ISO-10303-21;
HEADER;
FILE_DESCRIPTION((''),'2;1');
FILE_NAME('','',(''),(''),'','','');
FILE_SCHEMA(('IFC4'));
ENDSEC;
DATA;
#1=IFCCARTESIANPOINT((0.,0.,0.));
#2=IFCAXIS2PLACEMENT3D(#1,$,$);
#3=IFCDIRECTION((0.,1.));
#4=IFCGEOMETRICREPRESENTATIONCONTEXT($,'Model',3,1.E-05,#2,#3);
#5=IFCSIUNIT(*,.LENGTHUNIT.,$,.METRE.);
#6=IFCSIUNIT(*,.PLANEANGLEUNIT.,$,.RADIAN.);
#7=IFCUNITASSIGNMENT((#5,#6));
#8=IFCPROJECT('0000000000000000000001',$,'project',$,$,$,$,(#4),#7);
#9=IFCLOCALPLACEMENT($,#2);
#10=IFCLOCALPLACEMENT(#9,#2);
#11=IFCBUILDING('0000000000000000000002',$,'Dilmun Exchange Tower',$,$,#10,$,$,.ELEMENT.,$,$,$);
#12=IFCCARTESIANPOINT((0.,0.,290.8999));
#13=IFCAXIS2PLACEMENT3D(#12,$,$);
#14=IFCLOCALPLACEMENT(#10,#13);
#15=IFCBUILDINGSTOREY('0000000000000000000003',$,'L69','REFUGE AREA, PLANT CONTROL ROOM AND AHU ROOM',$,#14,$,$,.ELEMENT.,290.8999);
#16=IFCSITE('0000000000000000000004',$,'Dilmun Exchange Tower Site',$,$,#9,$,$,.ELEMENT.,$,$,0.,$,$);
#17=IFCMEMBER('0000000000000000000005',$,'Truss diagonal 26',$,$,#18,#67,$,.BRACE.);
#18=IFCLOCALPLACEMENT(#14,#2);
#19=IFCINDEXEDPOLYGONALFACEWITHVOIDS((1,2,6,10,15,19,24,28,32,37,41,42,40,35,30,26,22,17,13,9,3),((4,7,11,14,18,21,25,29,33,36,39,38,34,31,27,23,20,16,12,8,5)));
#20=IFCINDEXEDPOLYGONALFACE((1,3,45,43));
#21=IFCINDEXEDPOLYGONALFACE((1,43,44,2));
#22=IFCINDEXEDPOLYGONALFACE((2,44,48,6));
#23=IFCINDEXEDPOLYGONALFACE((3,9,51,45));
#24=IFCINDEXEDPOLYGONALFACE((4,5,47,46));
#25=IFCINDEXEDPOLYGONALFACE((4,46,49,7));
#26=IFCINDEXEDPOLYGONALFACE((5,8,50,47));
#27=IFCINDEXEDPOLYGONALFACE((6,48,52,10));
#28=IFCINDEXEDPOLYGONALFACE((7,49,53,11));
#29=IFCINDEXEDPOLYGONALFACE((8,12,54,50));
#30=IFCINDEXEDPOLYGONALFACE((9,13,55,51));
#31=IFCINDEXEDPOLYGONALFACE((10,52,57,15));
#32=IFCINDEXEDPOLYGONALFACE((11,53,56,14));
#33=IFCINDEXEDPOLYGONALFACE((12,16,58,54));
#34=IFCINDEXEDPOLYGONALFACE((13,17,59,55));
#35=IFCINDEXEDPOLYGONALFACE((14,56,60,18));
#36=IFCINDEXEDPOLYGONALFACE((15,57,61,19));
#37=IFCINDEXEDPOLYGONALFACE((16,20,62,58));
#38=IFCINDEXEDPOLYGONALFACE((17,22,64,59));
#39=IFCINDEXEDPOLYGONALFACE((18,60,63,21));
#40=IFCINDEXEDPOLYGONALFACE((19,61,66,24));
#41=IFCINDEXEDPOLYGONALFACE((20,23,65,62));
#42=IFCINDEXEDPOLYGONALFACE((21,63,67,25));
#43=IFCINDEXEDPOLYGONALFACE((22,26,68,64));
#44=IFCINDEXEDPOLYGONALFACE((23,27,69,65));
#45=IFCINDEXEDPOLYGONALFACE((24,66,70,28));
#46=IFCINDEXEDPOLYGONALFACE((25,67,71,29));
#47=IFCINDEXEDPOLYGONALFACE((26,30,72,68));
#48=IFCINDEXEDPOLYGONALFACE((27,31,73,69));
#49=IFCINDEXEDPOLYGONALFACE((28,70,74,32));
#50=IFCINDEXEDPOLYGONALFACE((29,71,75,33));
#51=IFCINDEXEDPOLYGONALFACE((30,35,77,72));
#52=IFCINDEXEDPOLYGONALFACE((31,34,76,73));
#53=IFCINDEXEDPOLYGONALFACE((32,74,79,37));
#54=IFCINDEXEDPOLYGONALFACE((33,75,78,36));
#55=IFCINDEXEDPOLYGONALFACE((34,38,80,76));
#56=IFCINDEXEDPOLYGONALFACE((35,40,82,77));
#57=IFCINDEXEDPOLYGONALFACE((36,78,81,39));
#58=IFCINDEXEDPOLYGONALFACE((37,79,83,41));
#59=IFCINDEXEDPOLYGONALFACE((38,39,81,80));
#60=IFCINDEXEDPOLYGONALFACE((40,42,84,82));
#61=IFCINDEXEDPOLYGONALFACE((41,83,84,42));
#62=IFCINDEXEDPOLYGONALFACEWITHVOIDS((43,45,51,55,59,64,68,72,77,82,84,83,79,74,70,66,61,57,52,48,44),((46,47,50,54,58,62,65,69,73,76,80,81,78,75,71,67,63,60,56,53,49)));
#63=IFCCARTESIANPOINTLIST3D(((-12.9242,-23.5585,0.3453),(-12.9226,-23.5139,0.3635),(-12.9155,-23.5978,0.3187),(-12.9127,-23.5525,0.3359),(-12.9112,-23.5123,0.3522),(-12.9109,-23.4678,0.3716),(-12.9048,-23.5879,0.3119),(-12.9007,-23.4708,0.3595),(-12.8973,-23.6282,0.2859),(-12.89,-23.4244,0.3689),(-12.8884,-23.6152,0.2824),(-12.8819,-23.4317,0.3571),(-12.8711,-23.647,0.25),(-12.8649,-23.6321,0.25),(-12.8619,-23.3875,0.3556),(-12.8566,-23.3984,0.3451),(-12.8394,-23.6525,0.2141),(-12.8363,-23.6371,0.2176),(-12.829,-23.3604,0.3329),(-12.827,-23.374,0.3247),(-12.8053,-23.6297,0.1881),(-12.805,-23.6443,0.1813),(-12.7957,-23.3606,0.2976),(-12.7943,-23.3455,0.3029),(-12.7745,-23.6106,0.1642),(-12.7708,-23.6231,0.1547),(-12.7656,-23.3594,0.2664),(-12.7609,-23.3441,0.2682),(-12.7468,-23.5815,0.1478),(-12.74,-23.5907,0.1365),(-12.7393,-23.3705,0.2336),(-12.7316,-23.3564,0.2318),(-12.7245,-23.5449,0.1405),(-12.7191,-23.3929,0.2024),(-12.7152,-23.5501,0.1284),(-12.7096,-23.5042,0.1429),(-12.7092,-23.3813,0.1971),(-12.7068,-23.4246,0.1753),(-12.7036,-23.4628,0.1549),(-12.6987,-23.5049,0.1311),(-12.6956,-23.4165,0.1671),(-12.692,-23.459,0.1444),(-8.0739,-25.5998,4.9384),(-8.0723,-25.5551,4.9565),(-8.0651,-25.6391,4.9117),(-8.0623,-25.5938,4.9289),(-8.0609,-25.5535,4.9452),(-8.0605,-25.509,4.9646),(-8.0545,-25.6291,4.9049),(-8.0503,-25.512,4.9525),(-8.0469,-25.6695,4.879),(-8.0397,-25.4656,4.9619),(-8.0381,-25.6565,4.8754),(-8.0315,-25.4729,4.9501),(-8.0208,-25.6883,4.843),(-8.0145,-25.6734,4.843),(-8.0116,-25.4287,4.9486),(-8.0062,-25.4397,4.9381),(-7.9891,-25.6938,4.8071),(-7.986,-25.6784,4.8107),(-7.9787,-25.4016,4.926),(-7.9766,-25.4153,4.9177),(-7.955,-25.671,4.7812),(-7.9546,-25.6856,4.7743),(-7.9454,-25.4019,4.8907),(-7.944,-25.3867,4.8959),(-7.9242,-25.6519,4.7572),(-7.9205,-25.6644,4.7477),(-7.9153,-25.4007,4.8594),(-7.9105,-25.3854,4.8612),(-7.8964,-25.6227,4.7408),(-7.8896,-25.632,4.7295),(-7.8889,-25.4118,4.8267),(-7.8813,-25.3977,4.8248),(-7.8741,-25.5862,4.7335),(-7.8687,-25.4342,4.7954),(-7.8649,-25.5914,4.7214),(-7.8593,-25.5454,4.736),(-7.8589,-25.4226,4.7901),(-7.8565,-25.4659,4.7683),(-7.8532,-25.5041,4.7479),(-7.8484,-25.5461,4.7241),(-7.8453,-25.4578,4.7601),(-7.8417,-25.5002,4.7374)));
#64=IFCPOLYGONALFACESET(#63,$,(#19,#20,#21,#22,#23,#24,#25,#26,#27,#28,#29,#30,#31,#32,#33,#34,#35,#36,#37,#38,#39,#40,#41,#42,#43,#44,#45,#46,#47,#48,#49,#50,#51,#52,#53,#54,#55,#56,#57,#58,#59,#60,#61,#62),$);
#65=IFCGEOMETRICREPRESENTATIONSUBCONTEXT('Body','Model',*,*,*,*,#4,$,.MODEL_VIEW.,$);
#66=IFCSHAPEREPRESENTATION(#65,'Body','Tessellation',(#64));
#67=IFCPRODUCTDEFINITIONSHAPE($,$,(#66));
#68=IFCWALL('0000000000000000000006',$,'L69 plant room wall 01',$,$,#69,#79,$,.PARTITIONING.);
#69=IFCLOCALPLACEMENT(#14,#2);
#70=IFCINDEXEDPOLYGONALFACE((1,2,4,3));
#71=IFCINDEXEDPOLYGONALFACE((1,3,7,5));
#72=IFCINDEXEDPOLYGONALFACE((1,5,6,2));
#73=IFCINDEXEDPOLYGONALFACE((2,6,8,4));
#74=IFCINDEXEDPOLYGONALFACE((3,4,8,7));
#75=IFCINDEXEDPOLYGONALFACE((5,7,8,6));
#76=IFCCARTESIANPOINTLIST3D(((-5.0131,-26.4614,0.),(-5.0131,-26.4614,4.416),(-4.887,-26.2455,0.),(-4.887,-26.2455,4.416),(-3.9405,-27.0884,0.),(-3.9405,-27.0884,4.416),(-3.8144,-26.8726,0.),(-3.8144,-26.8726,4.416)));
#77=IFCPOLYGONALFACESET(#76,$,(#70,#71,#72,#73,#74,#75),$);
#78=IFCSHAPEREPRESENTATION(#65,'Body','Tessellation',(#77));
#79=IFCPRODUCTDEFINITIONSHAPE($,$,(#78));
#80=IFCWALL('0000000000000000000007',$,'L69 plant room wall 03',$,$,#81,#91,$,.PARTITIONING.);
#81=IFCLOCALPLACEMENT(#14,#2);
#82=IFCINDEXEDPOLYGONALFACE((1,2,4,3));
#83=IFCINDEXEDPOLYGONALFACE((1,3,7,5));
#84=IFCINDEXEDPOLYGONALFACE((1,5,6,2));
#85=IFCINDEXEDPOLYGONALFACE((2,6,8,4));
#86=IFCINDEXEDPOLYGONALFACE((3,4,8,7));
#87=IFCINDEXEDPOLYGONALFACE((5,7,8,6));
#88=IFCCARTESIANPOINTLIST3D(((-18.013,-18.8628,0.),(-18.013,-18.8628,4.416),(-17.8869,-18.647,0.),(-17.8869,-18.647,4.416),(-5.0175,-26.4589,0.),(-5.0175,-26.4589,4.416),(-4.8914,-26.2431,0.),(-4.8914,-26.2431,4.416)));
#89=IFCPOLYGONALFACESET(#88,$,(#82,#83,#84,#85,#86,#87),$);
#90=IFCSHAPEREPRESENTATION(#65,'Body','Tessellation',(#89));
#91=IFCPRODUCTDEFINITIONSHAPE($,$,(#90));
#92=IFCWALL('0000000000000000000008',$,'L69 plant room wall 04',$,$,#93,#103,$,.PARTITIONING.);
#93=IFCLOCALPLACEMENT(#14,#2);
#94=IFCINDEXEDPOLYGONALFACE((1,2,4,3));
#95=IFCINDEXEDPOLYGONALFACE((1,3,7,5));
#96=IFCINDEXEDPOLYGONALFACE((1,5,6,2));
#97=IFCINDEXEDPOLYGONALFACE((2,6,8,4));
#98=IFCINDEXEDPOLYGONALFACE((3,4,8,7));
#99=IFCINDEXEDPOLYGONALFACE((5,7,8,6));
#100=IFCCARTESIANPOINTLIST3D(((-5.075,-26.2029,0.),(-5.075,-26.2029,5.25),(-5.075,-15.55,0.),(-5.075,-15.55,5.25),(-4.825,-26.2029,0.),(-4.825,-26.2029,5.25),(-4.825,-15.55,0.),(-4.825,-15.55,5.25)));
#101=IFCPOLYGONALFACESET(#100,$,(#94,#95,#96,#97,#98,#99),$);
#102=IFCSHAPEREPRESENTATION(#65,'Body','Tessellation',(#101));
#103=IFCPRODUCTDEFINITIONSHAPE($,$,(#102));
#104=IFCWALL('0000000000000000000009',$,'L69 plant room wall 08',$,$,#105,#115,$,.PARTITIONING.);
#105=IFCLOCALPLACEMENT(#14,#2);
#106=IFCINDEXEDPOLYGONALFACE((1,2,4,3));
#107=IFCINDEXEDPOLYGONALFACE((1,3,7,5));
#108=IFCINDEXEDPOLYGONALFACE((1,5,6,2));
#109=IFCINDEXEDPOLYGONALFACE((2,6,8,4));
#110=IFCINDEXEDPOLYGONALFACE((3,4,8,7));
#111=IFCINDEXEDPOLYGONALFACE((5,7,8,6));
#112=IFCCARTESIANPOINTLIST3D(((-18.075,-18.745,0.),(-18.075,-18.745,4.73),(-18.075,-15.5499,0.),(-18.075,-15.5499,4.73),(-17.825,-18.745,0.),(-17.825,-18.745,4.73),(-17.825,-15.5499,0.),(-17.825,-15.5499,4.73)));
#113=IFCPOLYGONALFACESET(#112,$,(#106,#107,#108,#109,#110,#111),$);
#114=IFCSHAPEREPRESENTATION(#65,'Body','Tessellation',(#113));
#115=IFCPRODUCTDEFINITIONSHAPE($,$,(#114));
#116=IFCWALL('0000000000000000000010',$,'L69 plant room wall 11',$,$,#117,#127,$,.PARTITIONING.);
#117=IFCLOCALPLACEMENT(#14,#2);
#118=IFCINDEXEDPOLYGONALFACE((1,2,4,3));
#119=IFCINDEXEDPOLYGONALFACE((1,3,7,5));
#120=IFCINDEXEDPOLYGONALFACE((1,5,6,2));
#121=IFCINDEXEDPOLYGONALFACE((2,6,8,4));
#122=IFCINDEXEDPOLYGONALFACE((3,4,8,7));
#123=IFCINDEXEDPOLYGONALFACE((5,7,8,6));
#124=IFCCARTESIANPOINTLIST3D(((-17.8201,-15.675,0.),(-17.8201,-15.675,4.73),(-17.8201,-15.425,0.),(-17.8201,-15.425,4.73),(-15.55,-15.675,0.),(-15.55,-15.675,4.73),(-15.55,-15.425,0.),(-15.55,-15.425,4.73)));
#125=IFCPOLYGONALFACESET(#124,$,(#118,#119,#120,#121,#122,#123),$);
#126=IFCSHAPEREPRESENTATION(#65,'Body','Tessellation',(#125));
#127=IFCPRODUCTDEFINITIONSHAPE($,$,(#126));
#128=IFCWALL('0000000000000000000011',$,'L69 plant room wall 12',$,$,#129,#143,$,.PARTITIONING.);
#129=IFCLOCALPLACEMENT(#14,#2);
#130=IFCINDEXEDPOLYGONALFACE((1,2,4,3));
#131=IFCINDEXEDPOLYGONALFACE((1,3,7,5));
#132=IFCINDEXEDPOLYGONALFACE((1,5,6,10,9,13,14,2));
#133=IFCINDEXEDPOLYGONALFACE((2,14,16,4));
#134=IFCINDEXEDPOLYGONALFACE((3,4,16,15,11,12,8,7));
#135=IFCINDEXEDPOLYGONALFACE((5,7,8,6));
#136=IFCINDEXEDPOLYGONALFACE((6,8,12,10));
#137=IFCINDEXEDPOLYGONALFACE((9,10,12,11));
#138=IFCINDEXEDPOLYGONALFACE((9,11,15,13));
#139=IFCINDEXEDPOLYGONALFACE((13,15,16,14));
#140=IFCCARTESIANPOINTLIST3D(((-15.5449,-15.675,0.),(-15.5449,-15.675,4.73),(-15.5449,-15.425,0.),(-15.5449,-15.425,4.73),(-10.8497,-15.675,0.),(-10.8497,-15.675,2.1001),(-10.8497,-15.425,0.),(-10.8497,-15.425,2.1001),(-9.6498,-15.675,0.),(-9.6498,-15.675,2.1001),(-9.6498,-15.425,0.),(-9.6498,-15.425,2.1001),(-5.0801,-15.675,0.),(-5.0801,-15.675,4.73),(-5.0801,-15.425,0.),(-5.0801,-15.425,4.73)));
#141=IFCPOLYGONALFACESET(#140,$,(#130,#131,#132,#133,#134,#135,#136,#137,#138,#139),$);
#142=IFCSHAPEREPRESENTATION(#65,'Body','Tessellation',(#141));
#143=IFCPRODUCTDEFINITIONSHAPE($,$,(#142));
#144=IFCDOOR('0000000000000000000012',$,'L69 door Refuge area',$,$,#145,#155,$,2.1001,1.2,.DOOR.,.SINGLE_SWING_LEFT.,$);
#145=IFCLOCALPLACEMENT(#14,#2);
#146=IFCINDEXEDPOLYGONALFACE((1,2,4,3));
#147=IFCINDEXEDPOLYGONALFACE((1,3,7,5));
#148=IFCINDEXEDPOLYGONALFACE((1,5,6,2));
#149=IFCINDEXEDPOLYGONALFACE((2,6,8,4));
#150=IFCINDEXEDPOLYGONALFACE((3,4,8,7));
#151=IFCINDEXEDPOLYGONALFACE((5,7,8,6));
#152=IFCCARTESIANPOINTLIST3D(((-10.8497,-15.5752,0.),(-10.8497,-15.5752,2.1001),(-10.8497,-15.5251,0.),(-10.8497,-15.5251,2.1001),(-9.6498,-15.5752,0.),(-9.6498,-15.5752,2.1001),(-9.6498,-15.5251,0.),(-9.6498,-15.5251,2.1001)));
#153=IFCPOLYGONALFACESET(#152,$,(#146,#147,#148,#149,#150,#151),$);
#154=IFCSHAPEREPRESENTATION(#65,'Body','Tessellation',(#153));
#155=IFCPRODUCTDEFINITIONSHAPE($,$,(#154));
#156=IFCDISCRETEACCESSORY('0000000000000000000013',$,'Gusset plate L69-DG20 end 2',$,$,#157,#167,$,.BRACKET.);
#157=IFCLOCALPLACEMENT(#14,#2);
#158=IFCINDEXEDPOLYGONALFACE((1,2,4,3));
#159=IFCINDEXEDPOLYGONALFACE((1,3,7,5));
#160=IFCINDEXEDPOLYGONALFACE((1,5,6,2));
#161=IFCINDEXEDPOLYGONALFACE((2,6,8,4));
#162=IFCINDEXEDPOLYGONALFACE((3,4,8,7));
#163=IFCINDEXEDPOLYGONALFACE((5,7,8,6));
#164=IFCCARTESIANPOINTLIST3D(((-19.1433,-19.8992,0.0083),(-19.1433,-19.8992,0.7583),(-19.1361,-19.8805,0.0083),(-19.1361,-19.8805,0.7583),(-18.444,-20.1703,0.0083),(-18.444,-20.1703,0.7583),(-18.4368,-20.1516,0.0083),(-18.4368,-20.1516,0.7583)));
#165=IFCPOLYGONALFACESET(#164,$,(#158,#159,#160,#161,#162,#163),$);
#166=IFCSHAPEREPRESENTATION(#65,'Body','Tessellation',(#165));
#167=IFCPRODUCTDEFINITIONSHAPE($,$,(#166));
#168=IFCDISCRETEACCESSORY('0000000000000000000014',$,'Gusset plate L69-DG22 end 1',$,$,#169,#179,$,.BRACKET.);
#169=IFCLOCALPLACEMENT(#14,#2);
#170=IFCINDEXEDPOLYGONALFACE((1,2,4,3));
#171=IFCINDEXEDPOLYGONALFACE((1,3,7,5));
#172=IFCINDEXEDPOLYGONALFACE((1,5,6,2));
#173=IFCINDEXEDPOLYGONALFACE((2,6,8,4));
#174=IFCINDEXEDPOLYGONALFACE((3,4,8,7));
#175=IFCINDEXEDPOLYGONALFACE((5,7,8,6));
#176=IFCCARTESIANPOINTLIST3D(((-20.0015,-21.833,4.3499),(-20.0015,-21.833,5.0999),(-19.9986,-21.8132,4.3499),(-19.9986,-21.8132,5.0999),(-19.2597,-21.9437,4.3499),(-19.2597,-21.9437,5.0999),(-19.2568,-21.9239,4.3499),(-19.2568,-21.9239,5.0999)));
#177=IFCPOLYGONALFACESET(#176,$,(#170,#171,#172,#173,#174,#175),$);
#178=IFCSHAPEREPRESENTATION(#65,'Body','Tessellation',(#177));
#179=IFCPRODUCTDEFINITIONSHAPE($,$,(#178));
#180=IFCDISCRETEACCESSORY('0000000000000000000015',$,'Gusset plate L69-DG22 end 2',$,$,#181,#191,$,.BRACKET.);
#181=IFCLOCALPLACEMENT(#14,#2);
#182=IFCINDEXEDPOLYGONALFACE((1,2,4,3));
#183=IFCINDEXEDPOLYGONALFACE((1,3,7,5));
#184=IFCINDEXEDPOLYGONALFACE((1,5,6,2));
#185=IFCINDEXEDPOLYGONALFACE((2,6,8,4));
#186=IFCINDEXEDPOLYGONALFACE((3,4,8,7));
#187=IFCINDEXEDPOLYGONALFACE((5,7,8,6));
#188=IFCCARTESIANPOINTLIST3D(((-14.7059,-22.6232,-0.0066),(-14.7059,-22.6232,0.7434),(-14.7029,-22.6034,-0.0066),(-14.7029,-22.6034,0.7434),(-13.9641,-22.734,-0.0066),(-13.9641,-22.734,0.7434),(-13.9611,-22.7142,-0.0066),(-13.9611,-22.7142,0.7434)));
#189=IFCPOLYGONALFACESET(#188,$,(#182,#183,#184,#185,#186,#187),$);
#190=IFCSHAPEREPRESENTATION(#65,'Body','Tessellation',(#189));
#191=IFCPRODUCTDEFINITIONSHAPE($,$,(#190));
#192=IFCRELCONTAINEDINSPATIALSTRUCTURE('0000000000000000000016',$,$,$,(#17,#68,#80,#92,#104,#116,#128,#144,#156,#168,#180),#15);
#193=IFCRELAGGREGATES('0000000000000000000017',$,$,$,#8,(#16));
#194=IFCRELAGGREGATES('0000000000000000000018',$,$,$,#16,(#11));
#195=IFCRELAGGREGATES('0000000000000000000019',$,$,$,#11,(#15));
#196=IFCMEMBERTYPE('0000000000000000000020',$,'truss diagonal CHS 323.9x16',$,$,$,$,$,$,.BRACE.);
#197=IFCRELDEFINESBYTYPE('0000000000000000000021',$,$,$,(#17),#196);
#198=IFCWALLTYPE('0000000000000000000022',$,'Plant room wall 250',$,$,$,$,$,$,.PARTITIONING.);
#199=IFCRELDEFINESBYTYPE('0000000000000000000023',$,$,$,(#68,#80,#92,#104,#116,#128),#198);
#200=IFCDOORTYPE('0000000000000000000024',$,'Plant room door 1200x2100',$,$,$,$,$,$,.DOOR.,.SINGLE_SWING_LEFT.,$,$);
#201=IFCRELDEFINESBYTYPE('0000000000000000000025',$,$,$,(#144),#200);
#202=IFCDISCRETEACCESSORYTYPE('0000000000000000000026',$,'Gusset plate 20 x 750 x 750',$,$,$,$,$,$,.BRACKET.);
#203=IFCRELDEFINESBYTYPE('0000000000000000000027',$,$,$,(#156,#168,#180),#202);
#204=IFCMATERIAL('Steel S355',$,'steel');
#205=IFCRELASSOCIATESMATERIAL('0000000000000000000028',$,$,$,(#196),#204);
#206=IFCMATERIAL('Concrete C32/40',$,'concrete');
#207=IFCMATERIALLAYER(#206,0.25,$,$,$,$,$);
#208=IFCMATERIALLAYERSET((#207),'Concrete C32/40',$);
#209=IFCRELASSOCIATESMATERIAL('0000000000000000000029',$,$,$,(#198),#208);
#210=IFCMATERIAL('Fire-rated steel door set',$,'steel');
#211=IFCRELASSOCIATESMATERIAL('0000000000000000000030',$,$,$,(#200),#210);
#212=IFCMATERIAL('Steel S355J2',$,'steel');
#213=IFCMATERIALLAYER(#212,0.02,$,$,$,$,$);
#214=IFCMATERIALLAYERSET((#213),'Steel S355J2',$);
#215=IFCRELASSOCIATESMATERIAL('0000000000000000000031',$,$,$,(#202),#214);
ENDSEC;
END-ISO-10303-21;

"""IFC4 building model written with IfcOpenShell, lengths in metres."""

from ifc_helpers import new_model, si_unit, direction, frame, frame_2d, origin, origin_2d, place, context, subcontext, project, spatial, rectangle, hollow_circle, extrude, material, layer, layer_set, material_profile, profile_set, type_object, element, fill, save


model = new_model("IFC4")

# Units and contexts
model_context = context("Model", 3, precision=1e-05, world=origin(), true_north=direction((0.0, 1.0)))
body_context = subcontext(model_context, "Body", "Model", "MODEL_VIEW")
ifc_project = project(units=[si_unit("LENGTHUNIT", "METRE"), si_unit("PLANEANGLEUNIT", "RADIAN")], contexts=[model_context])

# Site, building, storey
site_placement = place(None, origin())
site = spatial("IfcSite", under=ifc_project, at=site_placement, Name="Dilmun Exchange Tower Site", CompositionType="ELEMENT", RefElevation=0.0)
building_placement = place(site_placement, origin())
building = spatial("IfcBuilding", under=site, at=building_placement, Name="Dilmun Exchange Tower", CompositionType="ELEMENT")
storey_placement = place(building_placement, frame((0.0, 0.0, 290.8999)))
storey = spatial("IfcBuildingStorey", under=building, at=storey_placement, Name="L69", Description="REFUGE AREA, PLANT CONTROL ROOM AND AHU ROOM", CompositionType="ELEMENT", Elevation=290.8999)

# Shared definitions
ifc_material_1 = material(Name="Steel S355", Category="steel")

# Member
ifc_material_profile_1 = material_profile(ifc_material_1, hollow_circle(Radius=0.1619, WallThickness=0.0161, at=origin_2d()), Name="CHS 323.9x16")
ifc_profile_set_1 = profile_set([ifc_material_profile_1], Name="Steel S355")
member_type = type_object("IfcMemberType", Name="truss diagonal CHS 323.9x16", PredefinedType="BRACE", material=ifc_profile_set_1)
member_1_placement = place(storey_placement, frame((-7.958, -25.5391, 4.843), z_axis=(-0.694407, 0.29224, -0.657567), x_axis=(-0.387897, -0.921703, 0.0)))
element("IfcMember", 1, at=member_1_placement, inside=storey, type_object=member_type, Name="Truss diagonal 26", PredefinedType="BRACE", context=body_context, shape_type="SweptSolid", body=[
    extrude(hollow_circle(Radius=0.1619, WallThickness=0.0161, at=origin_2d()), origin(), (0.0, 0.0, 1.0), 6.9849),
])

# Walls
ifc_material_2 = material(Name="Concrete C32/40", Category="concrete")
ifc_layer_1 = layer(ifc_material_2, 0.25)
ifc_layer_set_1 = layer_set([ifc_layer_1], Name="Concrete C32/40")
wall_type = type_object("IfcWallType", Name="Plant room wall 250", PredefinedType="PARTITIONING", material=ifc_layer_set_1)
wall_1_placement = place(storey_placement, frame((-4.95, -26.3535, 0.0), z_axis=(0.0, 0.0, 1.0), x_axis=(0.863315, -0.504665, 0.0)))
element("IfcWall", 2, at=wall_1_placement, inside=storey, type_object=wall_type, Name="L69 plant room wall 01", PredefinedType="PARTITIONING", context=body_context, shape_type="SweptSolid", body=[
    extrude(rectangle(XDim=1.2424, YDim=0.25, at=frame_2d((0.6211, 0.0))), origin(), (0.0, 0.0, 1.0), 4.416),
])
wall_2_placement = place(storey_placement, frame((-17.95, -18.7549, 0.0), z_axis=(0.0, 0.0, 1.0), x_axis=(0.863333, -0.504635, 0.0)))
element("IfcWall", 3, at=wall_2_placement, inside=storey, type_object=wall_type, Name="L69 plant room wall 03", PredefinedType="PARTITIONING", context=body_context, shape_type="SweptSolid", body=[
    extrude(rectangle(XDim=15.0527, YDim=0.25, at=frame_2d((7.5264, 0.0))), origin(), (0.0, 0.0, 1.0), 4.416),
])
wall_3_placement = place(storey_placement, frame((-4.95, -26.2029, 0.0), z_axis=(0.0, 0.0, 1.0), x_axis=(0.0, 1.0, 0.0)))
element("IfcWall", 4, at=wall_3_placement, inside=storey, type_object=wall_type, Name="L69 plant room wall 04", PredefinedType="PARTITIONING", context=body_context, shape_type="SweptSolid", body=[
    extrude(rectangle(XDim=10.6528, YDim=0.25, at=frame_2d((5.3264, 0.0))), origin(), (0.0, 0.0, 1.0), 5.25),
])
wall_4_placement = place(storey_placement, frame((-17.95, -18.7451, 0.0), z_axis=(0.0, 0.0, 1.0), x_axis=(0.0, 1.0, 0.0)))
element("IfcWall", 5, at=wall_4_placement, inside=storey, type_object=wall_type, Name="L69 plant room wall 08", PredefinedType="PARTITIONING", context=body_context, shape_type="SweptSolid", body=[
    extrude(rectangle(XDim=3.1951, YDim=0.25, at=frame_2d((1.5977, 0.0))), origin(), (0.0, 0.0, 1.0), 4.73),
])
wall_5_placement = place(storey_placement, frame((-17.8201, -15.55, 0.0), z_axis=(0.0, 0.0, 1.0), x_axis=(1.0, 0.0, 0.0)))
element("IfcWall", 6, at=wall_5_placement, inside=storey, type_object=wall_type, Name="L69 plant room wall 11", PredefinedType="PARTITIONING", context=body_context, shape_type="SweptSolid", body=[
    extrude(rectangle(XDim=2.27, YDim=0.25, at=frame_2d((1.135, 0.0))), origin(), (0.0, 0.0, 1.0), 4.73),
])

# Wall, opening, door
wall_6_placement = place(storey_placement, frame((-15.5449, -15.55, 0.0), z_axis=(0.0, 0.0, 1.0), x_axis=(1.0, 0.0, 0.0)))
wall_6 = element("IfcWall", 7, at=wall_6_placement, inside=storey, type_object=wall_type, Name="L69 plant room wall 12", PredefinedType="PARTITIONING", context=body_context, shape_type="SweptSolid", body=[
    extrude(rectangle(XDim=10.4648, YDim=0.25, at=frame_2d((5.2324, 0.0))), origin(), (0.0, 0.0, 1.0), 4.73),
])
opening_placement = place(wall_6_placement, frame((4.6951, 0.0, 0.0)))
opening = element("IfcOpeningElement", 8, at=opening_placement, cuts=wall_6, PredefinedType="OPENING", context=body_context, shape_type="SweptSolid", body=[
    extrude(rectangle(XDim=1.2, YDim=2.1001, at=frame_2d((0.6001, 1.05))), frame((0.0, 0.135, 0.0), z_axis=(0.0, -1.0, 0.0), x_axis=(1.0, 0.0, 0.0)), (0.0, 0.0, 1.0), 0.27),
])
ifc_material_3 = material(Name="Fire-rated steel door set", Category="steel")
door_type = type_object("IfcDoorType", Name="Plant room door 1200x2100", OperationType="SINGLE_SWING_LEFT", PredefinedType="DOOR", material=ifc_material_3)
door_placement = place(opening_placement, origin())
door = element("IfcDoor", 9, at=door_placement, inside=storey, type_object=door_type, Name="L69 door Refuge area", OperationType="SINGLE_SWING_LEFT", OverallHeight=2.1001, OverallWidth=1.2, PredefinedType="DOOR", context=body_context, shape_type="SweptSolid", body=[
    extrude(rectangle(XDim=1.2, YDim=2.1001, at=frame_2d((0.6001, 1.05))), frame((0.0, 0.0249, 0.0), z_axis=(0.0, -1.0, 0.0), x_axis=(1.0, 0.0, 0.0)), (0.0, 0.0, 1.0), 0.05),
])
fill(opening, door)

# Discrete accessories
ifc_material_4 = material(Name="Steel S355J2", Category="steel")
ifc_layer_2 = layer(ifc_material_4, 0.02)
ifc_layer_set_2 = layer_set([ifc_layer_2], Name="Steel S355J2")
discrete_accessory_type = type_object("IfcDiscreteAccessoryType", Name="Gusset plate 20 x 750 x 750", PredefinedType="BRACKET", material=ifc_layer_set_2)
for number, where, z_axis, x_axis, name in (
    (10, (-18.79, -20.0254, 0.0083), (0.0, 0.0, 1.0), (0.932403, -0.36142, 0.0), "Gusset plate L69-DG20 end 2"),
    (11, (-19.6292, -21.8784, 4.3499), (0.0, 0.0, 1.0), (0.989045, -0.147614, 0.0), "Gusset plate L69-DG22 end 1"),
    (12, (-14.3335, -22.6687, -0.0066), (0.0, 0.0, 1.0), (0.989045, -0.147614, 0.0), "Gusset plate L69-DG22 end 2"),
):
    element("IfcDiscreteAccessory", number, at=place(storey_placement, frame(where, z_axis=z_axis, x_axis=x_axis)), inside=storey, type_object=discrete_accessory_type, Name=name, PredefinedType="BRACKET", context=body_context, shape_type="SweptSolid", body=[
        extrude(rectangle(XDim=0.75, YDim=0.02, at=origin_2d()), origin(), (0.0, 0.0, 1.0), 0.75),
    ])

save(model, "model.ifc")
